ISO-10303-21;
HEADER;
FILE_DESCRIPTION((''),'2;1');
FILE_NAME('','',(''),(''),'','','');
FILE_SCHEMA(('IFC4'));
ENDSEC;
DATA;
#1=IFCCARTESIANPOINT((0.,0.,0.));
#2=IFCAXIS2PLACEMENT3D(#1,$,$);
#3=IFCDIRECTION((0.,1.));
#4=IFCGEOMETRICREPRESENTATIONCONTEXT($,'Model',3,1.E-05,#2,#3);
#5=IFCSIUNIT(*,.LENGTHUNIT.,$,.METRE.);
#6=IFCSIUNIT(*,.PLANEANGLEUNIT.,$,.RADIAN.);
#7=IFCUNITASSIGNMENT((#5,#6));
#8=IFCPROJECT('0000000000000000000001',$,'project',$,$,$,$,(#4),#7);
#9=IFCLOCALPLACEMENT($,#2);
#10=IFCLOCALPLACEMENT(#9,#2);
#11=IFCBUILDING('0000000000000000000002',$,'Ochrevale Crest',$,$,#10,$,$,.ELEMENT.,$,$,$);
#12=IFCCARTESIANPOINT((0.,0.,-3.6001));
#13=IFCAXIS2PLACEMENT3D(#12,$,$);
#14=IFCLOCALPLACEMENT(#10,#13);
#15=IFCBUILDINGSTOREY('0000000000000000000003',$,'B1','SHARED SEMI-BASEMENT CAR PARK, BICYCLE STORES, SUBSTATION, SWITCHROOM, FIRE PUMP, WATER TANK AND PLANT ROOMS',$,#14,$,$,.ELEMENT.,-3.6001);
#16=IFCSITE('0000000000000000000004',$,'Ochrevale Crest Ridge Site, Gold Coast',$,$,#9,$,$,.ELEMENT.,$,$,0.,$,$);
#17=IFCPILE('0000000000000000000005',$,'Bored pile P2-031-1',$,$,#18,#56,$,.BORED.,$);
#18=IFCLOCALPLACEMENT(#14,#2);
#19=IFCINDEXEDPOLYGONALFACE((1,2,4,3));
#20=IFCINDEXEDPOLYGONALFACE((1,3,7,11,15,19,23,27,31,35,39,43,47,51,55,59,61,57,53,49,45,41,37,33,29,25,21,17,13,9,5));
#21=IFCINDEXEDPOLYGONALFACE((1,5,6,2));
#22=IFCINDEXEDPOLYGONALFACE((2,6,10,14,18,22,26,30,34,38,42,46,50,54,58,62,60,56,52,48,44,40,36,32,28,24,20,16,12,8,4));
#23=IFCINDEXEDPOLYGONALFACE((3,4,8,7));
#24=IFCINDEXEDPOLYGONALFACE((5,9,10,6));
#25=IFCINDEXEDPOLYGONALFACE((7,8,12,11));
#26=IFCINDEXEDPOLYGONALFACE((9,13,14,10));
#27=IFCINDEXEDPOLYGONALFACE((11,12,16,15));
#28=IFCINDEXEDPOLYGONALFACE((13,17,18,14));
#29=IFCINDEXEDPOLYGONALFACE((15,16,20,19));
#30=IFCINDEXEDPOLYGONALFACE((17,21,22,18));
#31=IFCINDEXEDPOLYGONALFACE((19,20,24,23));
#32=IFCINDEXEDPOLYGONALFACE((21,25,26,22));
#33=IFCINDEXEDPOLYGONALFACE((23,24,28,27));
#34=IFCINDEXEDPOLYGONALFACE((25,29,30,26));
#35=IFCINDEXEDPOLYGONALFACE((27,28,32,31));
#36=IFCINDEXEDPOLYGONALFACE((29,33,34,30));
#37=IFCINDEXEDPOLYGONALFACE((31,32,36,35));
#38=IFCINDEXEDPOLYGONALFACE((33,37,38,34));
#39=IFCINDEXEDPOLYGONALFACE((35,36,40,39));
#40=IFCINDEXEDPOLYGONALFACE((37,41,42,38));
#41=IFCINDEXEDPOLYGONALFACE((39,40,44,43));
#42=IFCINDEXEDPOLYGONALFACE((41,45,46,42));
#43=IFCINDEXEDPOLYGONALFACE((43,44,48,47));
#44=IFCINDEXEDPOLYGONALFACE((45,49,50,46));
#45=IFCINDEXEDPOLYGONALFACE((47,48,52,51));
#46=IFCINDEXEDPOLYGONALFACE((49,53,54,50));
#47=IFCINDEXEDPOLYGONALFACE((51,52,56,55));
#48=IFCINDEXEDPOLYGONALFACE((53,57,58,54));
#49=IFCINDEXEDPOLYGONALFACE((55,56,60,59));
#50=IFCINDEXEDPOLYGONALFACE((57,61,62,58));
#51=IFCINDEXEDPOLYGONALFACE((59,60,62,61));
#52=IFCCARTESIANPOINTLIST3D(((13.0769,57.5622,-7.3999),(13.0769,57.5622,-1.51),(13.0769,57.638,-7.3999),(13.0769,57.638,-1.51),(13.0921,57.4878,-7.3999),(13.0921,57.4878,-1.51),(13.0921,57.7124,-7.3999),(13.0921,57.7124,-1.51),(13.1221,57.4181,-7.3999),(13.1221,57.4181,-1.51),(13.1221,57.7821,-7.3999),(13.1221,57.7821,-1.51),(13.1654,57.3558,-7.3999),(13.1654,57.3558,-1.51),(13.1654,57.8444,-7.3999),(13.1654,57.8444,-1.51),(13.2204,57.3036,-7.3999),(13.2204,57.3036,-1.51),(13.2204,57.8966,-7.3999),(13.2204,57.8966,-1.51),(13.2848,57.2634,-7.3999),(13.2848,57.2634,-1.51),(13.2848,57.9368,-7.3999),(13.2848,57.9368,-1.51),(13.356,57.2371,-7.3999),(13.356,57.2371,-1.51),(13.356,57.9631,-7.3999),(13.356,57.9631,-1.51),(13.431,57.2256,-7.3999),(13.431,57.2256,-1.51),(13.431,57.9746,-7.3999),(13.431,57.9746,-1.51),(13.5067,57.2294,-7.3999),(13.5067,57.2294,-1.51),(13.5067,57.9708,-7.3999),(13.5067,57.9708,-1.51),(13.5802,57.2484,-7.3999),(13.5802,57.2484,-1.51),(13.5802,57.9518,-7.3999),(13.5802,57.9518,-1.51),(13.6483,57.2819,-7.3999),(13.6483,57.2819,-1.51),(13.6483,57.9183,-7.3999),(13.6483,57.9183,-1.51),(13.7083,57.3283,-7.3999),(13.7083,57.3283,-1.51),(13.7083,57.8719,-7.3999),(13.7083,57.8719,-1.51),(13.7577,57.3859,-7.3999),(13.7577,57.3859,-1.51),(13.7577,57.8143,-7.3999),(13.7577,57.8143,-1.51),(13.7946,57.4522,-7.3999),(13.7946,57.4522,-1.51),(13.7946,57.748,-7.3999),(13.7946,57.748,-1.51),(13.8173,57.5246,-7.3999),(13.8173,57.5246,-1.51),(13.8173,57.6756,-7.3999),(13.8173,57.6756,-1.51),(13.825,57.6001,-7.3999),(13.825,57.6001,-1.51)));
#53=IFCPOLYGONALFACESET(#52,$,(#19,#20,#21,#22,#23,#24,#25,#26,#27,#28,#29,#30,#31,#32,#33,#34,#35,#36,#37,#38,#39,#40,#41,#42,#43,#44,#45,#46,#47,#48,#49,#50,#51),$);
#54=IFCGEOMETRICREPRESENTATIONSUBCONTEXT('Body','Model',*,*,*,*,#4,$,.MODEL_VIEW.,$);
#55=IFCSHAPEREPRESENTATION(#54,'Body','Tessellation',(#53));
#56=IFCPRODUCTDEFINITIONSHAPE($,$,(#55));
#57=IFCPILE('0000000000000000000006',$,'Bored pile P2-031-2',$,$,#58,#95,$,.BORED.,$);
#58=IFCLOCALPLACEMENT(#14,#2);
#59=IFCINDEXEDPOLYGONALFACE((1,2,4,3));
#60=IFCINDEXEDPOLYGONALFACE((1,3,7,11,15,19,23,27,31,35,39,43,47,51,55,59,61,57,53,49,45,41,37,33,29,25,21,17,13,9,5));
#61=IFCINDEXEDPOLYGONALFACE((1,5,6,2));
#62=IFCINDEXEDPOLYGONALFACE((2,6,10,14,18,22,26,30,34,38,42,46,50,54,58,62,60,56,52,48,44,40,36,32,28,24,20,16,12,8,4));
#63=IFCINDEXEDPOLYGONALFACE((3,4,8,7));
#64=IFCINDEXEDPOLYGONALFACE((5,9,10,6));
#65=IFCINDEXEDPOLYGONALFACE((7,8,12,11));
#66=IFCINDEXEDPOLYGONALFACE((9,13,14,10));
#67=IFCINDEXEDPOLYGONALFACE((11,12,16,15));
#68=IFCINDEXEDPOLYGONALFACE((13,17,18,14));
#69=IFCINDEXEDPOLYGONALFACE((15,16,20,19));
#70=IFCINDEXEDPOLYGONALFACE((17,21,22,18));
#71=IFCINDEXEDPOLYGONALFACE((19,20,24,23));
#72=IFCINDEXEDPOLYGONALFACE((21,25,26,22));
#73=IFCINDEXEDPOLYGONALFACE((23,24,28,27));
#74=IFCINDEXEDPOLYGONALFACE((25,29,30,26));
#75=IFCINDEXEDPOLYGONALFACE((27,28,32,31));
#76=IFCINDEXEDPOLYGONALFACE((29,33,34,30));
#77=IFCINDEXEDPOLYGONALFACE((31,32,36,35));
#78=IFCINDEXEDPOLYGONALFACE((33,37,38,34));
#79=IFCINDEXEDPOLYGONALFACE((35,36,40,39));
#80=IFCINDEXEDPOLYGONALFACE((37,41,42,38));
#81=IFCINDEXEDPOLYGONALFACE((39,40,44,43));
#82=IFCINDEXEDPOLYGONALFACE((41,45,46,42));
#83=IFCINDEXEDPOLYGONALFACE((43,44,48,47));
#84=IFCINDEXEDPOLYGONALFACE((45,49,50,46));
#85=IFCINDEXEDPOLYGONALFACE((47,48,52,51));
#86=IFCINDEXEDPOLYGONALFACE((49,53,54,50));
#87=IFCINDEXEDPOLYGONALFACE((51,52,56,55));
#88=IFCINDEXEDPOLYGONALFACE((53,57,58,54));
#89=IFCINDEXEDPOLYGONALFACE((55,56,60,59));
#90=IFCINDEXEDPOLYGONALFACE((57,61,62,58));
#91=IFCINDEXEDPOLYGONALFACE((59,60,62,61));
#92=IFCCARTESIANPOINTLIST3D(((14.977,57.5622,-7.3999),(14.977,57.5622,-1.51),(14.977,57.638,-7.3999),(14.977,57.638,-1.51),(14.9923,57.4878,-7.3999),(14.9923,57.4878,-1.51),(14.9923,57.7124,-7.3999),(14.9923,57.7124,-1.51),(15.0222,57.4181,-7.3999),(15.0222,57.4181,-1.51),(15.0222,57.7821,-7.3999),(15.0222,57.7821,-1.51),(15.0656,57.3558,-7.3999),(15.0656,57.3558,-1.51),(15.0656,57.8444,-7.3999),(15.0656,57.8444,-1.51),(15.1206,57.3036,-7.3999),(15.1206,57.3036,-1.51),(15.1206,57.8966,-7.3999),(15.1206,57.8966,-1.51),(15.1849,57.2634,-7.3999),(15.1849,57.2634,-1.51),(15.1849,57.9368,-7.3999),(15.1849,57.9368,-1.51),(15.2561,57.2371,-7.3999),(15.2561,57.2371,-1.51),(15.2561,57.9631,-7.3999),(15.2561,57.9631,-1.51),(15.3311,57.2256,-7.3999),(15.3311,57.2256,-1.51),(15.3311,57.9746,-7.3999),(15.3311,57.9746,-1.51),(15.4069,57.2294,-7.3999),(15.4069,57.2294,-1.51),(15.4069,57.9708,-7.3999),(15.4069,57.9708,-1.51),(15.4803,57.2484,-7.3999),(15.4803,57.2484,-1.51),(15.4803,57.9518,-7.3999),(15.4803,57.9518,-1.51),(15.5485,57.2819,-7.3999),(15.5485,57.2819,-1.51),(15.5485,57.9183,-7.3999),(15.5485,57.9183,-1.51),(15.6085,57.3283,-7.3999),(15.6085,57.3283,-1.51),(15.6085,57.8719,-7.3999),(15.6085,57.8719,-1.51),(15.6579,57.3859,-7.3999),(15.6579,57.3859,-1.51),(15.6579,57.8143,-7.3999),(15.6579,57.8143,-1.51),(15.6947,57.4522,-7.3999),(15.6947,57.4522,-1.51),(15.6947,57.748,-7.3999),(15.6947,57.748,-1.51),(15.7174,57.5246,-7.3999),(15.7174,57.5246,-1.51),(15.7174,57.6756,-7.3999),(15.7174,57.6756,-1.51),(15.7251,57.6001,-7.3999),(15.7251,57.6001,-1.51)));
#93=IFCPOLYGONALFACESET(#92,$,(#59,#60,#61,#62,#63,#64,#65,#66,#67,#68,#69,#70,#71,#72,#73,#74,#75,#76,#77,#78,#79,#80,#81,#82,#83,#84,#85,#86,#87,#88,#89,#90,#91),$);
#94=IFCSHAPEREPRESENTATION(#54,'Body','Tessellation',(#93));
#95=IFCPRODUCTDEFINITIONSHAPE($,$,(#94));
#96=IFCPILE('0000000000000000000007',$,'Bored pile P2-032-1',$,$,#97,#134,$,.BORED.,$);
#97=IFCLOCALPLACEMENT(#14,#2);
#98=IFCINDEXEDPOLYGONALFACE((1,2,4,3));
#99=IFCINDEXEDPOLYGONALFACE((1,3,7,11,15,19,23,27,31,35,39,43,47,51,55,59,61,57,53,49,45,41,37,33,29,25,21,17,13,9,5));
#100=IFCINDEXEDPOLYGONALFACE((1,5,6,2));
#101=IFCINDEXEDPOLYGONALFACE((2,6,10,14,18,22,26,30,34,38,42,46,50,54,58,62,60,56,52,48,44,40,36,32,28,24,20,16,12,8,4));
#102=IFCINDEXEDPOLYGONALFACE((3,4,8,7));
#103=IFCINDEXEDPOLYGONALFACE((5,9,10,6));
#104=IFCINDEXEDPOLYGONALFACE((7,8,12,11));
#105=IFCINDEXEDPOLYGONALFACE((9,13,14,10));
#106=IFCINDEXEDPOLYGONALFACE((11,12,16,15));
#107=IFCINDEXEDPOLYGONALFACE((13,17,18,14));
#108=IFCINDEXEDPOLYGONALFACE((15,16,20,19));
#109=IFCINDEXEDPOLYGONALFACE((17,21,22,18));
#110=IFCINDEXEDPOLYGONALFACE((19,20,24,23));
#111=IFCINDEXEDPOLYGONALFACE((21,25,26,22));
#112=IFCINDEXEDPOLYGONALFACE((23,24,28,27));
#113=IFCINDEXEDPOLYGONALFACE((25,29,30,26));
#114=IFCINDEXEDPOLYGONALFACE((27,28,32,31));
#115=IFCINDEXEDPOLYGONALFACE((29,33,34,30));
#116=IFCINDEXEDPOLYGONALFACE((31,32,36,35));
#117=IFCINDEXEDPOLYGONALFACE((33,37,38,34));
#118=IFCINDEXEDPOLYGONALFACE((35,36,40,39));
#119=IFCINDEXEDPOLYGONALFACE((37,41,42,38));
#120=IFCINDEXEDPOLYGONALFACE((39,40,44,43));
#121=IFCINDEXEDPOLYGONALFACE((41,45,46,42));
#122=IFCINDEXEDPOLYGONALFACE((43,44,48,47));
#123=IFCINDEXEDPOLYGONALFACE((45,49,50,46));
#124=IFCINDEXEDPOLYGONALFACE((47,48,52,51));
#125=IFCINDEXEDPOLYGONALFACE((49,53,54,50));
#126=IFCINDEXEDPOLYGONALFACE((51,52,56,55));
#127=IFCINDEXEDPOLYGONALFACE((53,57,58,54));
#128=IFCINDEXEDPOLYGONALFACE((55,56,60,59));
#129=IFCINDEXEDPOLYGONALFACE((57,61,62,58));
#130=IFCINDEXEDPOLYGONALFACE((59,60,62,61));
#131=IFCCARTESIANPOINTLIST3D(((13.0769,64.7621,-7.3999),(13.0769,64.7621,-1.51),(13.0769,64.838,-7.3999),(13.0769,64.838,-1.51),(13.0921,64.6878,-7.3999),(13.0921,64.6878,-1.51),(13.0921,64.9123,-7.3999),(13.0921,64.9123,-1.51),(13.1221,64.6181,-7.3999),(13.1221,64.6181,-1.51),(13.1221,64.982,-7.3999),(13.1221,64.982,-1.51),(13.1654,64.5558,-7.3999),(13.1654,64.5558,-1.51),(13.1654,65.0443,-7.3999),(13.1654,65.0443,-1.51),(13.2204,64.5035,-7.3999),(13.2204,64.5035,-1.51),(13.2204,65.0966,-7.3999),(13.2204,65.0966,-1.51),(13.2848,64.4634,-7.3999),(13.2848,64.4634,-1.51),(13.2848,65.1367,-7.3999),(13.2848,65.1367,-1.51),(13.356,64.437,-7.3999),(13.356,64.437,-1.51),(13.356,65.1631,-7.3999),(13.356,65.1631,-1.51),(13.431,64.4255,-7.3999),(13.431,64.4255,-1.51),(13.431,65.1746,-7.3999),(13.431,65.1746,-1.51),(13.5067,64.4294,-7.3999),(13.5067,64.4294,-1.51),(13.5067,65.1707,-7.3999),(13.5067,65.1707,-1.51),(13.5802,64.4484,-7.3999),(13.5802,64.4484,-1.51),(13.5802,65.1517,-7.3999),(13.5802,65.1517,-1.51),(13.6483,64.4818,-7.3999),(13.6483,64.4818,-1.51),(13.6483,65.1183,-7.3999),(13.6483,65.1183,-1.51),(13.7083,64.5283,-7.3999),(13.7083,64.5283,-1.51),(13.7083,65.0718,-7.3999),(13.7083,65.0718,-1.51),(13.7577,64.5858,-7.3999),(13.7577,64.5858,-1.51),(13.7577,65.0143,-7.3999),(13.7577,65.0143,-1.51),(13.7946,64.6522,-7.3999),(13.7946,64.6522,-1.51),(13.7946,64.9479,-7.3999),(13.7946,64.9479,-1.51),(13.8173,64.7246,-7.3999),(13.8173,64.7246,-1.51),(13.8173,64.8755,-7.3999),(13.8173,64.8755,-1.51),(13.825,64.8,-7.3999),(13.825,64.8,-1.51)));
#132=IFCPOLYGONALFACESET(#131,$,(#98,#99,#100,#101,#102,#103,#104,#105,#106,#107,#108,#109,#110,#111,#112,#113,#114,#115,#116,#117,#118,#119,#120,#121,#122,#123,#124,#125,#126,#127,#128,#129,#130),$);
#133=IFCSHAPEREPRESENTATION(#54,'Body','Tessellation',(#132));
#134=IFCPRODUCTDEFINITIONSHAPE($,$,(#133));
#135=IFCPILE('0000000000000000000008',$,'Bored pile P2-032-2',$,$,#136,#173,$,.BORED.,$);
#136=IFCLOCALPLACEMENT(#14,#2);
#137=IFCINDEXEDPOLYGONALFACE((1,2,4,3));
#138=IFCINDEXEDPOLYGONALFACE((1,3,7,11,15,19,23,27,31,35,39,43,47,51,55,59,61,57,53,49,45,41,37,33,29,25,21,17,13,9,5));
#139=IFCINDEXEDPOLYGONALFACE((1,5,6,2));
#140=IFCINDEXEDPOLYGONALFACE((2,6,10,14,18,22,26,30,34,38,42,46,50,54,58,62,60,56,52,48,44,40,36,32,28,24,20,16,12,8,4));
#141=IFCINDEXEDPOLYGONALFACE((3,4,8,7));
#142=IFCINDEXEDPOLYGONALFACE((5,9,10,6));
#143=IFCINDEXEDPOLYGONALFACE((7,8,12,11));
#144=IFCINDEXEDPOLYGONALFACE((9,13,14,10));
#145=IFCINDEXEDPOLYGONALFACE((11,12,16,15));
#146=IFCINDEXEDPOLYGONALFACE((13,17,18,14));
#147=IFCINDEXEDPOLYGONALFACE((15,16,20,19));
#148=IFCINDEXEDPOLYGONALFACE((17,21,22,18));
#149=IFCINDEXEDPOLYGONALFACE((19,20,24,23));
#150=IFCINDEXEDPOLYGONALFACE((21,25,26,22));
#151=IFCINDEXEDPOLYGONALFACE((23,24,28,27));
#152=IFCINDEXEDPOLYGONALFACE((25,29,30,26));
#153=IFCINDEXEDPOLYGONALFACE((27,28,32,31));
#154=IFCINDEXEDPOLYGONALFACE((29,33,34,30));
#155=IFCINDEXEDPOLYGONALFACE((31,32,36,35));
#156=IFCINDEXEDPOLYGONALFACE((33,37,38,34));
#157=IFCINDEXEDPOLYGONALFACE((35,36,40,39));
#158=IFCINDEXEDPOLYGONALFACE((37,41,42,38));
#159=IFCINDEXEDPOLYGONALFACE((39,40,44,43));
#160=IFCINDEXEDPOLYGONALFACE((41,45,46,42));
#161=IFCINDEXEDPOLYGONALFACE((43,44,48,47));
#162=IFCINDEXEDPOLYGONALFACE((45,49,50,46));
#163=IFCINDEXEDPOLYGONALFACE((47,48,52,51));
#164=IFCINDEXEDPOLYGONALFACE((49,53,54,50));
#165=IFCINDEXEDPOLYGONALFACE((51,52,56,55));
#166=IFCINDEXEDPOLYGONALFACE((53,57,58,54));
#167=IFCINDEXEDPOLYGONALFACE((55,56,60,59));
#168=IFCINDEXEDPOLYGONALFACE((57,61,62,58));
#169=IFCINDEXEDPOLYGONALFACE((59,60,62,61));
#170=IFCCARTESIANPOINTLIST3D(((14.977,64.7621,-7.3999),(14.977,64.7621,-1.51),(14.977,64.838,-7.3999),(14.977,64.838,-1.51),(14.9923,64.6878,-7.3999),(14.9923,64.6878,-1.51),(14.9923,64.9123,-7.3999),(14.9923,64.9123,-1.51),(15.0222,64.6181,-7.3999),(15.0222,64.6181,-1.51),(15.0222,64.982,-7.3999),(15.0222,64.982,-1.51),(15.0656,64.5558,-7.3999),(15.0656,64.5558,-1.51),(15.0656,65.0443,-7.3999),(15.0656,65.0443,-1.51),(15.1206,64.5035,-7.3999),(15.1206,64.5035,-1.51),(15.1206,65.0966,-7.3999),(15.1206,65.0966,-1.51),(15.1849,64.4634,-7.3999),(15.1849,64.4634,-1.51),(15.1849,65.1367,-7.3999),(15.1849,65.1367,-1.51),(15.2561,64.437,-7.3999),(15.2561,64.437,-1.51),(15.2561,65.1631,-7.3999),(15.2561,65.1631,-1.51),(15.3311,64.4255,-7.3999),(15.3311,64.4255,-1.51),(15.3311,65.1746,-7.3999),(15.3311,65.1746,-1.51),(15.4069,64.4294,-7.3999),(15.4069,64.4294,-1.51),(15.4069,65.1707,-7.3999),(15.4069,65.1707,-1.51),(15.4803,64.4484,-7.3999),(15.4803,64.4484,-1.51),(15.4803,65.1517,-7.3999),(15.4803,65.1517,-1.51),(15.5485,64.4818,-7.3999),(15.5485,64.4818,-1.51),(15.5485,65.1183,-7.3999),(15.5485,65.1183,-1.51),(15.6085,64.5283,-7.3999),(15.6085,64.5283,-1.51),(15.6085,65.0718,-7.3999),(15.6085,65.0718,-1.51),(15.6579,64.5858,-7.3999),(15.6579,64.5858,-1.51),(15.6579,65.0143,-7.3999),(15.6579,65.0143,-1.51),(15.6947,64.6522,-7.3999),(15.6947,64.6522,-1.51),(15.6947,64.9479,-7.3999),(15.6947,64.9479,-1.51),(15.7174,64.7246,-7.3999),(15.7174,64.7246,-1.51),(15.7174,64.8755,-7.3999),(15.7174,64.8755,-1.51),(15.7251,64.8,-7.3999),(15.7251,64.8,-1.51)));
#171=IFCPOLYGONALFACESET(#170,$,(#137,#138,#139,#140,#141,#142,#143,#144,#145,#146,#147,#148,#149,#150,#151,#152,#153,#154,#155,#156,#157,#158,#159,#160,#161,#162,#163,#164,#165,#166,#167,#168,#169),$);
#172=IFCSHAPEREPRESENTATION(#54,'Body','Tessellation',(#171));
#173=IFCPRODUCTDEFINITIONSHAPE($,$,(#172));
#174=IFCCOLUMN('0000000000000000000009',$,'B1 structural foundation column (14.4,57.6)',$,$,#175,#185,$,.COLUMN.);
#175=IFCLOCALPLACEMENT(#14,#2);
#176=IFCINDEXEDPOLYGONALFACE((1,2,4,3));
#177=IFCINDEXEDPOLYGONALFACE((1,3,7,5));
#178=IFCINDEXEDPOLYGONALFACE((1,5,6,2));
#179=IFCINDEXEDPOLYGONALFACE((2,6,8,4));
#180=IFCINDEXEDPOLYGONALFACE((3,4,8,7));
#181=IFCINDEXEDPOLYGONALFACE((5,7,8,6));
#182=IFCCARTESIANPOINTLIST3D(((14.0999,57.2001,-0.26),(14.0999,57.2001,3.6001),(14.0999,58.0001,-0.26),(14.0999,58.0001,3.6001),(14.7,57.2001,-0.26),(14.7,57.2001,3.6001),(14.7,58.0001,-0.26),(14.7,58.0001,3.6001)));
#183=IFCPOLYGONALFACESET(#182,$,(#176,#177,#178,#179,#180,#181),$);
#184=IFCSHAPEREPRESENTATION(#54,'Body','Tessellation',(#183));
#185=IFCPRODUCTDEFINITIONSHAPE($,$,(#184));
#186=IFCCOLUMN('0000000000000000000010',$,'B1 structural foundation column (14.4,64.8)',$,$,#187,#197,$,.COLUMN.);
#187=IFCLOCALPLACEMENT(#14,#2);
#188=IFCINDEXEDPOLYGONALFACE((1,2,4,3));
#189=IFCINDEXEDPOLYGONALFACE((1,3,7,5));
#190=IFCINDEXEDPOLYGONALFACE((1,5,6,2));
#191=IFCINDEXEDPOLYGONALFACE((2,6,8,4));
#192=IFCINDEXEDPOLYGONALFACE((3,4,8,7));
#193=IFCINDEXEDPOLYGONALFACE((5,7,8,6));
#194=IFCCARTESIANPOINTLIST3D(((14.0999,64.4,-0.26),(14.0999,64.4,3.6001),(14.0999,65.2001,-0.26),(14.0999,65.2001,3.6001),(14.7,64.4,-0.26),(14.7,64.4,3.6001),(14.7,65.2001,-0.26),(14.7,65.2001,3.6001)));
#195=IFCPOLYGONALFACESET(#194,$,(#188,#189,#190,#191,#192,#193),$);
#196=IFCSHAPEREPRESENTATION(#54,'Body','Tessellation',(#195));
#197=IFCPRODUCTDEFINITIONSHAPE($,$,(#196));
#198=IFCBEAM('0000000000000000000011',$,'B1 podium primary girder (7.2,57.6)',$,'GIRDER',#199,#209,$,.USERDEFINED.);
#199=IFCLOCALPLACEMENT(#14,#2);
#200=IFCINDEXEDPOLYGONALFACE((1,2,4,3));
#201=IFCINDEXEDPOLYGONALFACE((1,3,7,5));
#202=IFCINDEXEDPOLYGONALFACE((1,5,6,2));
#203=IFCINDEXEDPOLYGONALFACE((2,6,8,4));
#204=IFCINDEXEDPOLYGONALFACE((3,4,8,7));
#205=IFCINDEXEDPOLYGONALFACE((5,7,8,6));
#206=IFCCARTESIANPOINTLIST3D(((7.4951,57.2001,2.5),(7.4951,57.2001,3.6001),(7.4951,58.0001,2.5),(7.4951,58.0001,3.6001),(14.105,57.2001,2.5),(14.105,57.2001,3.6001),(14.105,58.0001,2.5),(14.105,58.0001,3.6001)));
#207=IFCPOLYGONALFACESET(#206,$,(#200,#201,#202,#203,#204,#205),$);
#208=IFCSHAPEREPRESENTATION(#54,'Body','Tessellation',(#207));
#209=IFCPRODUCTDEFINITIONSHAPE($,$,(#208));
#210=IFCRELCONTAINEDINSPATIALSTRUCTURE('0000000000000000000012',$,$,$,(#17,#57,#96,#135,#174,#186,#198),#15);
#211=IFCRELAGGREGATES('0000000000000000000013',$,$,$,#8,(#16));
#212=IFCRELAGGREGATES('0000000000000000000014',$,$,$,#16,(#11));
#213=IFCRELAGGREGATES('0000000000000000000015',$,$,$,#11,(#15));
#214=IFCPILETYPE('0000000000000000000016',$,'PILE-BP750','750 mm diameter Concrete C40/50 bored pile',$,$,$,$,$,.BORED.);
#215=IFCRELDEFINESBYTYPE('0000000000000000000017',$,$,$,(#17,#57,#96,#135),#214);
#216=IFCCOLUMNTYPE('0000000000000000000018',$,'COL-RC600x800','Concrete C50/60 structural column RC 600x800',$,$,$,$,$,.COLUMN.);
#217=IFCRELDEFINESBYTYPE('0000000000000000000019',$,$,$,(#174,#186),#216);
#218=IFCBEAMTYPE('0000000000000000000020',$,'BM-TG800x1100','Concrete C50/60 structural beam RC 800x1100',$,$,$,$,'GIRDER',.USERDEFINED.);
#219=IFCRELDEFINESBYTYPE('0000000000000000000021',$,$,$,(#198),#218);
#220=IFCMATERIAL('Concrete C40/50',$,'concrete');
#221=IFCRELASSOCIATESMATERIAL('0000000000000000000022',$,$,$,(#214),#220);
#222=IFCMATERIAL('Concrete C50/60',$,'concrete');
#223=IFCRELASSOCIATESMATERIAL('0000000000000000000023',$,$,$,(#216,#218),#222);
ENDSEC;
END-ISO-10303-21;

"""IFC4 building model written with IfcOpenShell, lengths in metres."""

from ifc_helpers import new_model, si_unit, direction, frame, origin, origin_2d, place, context, subcontext, project, spatial, rectangle, circle, extrude, material, material_profile, profile_set, type_object, element, save


model = new_model("IFC4")

# Units and contexts
model_context = context("Model", 3, precision=1e-05, world=origin(), true_north=direction((0.0, 1.0)))
body_context = subcontext(model_context, "Body", "Model", "MODEL_VIEW")
ifc_project = project(units=[si_unit("LENGTHUNIT", "METRE"), si_unit("PLANEANGLEUNIT", "RADIAN")], contexts=[model_context])

# Site, building, storey
site_placement = place(None, origin())
site = spatial("IfcSite", under=ifc_project, at=site_placement, Name="Ochrevale Crest Ridge Site, Gold Coast", CompositionType="ELEMENT", RefElevation=0.0)
building_placement = place(site_placement, origin())
building = spatial("IfcBuilding", under=site, at=building_placement, Name="Ochrevale Crest", CompositionType="ELEMENT")
storey_placement = place(building_placement, frame((0.0, 0.0, -3.6001)))
storey = spatial("IfcBuildingStorey", under=building, at=storey_placement, Name="B1", Description="SHARED SEMI-BASEMENT CAR PARK, BICYCLE STORES, SUBSTATION, SWITCHROOM, FIRE PUMP, WATER TANK AND PLANT ROOMS", CompositionType="ELEMENT", Elevation=-3.6001)

# Shared definitions
ifc_material_1 = material(Name="Concrete C40/50", Category="concrete")

# Piles
ifc_material_profile_1 = material_profile(ifc_material_1, circle(Radius=0.375, at=origin_2d()), Name="BORED PILE 750")
ifc_profile_set_1 = profile_set([ifc_material_profile_1], Name="Concrete C40/50")
pile_type = type_object("IfcPileType", Name="PILE-BP750", Description="750 mm diameter Concrete C40/50 bored pile", PredefinedType="BORED", material=ifc_profile_set_1)
for number, where, z_axis, x_axis, name in (
    (1, (13.45, 57.6001, -1.51), (0.0, 0.0, -1.0), (1.0, 0.0, 0.0), "Bored pile P2-031-1"),
    (2, (15.3501, 57.6001, -1.51), (0.0, 0.0, -1.0), (1.0, 0.0, 0.0), "Bored pile P2-031-2"),
    (3, (13.45, 64.8, -1.51), (0.0, 0.0, -1.0), (1.0, 0.0, 0.0), "Bored pile P2-032-1"),
    (4, (15.3501, 64.8, -1.51), (0.0, 0.0, -1.0), (1.0, 0.0, 0.0), "Bored pile P2-032-2"),
):
    element("IfcPile", number, at=place(storey_placement, frame(where, z_axis=z_axis, x_axis=x_axis)), inside=storey, type_object=pile_type, Name=name, PredefinedType="BORED", context=body_context, shape_type="SweptSolid", body=[
        extrude(circle(Radius=0.375, at=origin_2d()), origin(), (0.0, 0.0, 1.0), 5.8899),
    ])

# Columns
ifc_material_2 = material(Name="Concrete C50/60", Category="concrete")
ifc_material_profile_2 = material_profile(ifc_material_2, rectangle(XDim=0.6001, YDim=0.8, at=origin_2d()), Name="RC 600x800")
ifc_profile_set_2 = profile_set([ifc_material_profile_2], Name="Concrete C50/60")
column_type = type_object("IfcColumnType", Name="COL-RC600x800", Description="Concrete C50/60 structural column RC 600x800", PredefinedType="COLUMN", material=ifc_profile_set_2)
for number, where, z_axis, x_axis, name in (
    (5, (14.3999, 57.6001, -0.26), (0.0, 0.0, 1.0), (1.0, 0.0, 0.0), "B1 structural foundation column (14.4,57.6)"),
    (6, (14.3999, 64.8, -0.26), (0.0, 0.0, 1.0), (1.0, 0.0, 0.0), "B1 structural foundation column (14.4,64.8)"),
):
    element("IfcColumn", number, at=place(storey_placement, frame(where, z_axis=z_axis, x_axis=x_axis)), inside=storey, type_object=column_type, Name=name, PredefinedType="COLUMN", context=body_context, shape_type="SweptSolid", body=[
        extrude(rectangle(XDim=0.6001, YDim=0.8, at=origin_2d()), origin(), (0.0, 0.0, 1.0), 3.8601),
    ])

# Beam
ifc_material_profile_3 = material_profile(ifc_material_2, rectangle(XDim=0.8, YDim=1.1001, at=origin_2d()), Name="RC 800x1100")
ifc_profile_set_3 = profile_set([ifc_material_profile_3], Name="Concrete C50/60")
beam_type_1 = type_object("IfcBeamType", Name="BM-TG800x1100", Description="Concrete C50/60 structural beam RC 800x1100", ElementType="GIRDER", PredefinedType="USERDEFINED", material=ifc_profile_set_3)
for number, where, z_axis, x_axis, name in (
    (7, (7.4951, 57.6001, 3.05), (1.0, 0.0, 0.0), (0.0, 1.0, 0.0), "B1 podium primary girder (7.2,57.6)"),
):
    element("IfcBeam", number, at=place(storey_placement, frame(where, z_axis=z_axis, x_axis=x_axis)), inside=storey, type_object=beam_type_1, Name=name, ObjectType="GIRDER", PredefinedType="USERDEFINED", context=body_context, shape_type="SweptSolid", body=[
        extrude(rectangle(XDim=0.8, YDim=1.1001, at=origin_2d()), origin(), (0.0, 0.0, 1.0), 6.6099),
    ])

save(model, "model.ifc")
